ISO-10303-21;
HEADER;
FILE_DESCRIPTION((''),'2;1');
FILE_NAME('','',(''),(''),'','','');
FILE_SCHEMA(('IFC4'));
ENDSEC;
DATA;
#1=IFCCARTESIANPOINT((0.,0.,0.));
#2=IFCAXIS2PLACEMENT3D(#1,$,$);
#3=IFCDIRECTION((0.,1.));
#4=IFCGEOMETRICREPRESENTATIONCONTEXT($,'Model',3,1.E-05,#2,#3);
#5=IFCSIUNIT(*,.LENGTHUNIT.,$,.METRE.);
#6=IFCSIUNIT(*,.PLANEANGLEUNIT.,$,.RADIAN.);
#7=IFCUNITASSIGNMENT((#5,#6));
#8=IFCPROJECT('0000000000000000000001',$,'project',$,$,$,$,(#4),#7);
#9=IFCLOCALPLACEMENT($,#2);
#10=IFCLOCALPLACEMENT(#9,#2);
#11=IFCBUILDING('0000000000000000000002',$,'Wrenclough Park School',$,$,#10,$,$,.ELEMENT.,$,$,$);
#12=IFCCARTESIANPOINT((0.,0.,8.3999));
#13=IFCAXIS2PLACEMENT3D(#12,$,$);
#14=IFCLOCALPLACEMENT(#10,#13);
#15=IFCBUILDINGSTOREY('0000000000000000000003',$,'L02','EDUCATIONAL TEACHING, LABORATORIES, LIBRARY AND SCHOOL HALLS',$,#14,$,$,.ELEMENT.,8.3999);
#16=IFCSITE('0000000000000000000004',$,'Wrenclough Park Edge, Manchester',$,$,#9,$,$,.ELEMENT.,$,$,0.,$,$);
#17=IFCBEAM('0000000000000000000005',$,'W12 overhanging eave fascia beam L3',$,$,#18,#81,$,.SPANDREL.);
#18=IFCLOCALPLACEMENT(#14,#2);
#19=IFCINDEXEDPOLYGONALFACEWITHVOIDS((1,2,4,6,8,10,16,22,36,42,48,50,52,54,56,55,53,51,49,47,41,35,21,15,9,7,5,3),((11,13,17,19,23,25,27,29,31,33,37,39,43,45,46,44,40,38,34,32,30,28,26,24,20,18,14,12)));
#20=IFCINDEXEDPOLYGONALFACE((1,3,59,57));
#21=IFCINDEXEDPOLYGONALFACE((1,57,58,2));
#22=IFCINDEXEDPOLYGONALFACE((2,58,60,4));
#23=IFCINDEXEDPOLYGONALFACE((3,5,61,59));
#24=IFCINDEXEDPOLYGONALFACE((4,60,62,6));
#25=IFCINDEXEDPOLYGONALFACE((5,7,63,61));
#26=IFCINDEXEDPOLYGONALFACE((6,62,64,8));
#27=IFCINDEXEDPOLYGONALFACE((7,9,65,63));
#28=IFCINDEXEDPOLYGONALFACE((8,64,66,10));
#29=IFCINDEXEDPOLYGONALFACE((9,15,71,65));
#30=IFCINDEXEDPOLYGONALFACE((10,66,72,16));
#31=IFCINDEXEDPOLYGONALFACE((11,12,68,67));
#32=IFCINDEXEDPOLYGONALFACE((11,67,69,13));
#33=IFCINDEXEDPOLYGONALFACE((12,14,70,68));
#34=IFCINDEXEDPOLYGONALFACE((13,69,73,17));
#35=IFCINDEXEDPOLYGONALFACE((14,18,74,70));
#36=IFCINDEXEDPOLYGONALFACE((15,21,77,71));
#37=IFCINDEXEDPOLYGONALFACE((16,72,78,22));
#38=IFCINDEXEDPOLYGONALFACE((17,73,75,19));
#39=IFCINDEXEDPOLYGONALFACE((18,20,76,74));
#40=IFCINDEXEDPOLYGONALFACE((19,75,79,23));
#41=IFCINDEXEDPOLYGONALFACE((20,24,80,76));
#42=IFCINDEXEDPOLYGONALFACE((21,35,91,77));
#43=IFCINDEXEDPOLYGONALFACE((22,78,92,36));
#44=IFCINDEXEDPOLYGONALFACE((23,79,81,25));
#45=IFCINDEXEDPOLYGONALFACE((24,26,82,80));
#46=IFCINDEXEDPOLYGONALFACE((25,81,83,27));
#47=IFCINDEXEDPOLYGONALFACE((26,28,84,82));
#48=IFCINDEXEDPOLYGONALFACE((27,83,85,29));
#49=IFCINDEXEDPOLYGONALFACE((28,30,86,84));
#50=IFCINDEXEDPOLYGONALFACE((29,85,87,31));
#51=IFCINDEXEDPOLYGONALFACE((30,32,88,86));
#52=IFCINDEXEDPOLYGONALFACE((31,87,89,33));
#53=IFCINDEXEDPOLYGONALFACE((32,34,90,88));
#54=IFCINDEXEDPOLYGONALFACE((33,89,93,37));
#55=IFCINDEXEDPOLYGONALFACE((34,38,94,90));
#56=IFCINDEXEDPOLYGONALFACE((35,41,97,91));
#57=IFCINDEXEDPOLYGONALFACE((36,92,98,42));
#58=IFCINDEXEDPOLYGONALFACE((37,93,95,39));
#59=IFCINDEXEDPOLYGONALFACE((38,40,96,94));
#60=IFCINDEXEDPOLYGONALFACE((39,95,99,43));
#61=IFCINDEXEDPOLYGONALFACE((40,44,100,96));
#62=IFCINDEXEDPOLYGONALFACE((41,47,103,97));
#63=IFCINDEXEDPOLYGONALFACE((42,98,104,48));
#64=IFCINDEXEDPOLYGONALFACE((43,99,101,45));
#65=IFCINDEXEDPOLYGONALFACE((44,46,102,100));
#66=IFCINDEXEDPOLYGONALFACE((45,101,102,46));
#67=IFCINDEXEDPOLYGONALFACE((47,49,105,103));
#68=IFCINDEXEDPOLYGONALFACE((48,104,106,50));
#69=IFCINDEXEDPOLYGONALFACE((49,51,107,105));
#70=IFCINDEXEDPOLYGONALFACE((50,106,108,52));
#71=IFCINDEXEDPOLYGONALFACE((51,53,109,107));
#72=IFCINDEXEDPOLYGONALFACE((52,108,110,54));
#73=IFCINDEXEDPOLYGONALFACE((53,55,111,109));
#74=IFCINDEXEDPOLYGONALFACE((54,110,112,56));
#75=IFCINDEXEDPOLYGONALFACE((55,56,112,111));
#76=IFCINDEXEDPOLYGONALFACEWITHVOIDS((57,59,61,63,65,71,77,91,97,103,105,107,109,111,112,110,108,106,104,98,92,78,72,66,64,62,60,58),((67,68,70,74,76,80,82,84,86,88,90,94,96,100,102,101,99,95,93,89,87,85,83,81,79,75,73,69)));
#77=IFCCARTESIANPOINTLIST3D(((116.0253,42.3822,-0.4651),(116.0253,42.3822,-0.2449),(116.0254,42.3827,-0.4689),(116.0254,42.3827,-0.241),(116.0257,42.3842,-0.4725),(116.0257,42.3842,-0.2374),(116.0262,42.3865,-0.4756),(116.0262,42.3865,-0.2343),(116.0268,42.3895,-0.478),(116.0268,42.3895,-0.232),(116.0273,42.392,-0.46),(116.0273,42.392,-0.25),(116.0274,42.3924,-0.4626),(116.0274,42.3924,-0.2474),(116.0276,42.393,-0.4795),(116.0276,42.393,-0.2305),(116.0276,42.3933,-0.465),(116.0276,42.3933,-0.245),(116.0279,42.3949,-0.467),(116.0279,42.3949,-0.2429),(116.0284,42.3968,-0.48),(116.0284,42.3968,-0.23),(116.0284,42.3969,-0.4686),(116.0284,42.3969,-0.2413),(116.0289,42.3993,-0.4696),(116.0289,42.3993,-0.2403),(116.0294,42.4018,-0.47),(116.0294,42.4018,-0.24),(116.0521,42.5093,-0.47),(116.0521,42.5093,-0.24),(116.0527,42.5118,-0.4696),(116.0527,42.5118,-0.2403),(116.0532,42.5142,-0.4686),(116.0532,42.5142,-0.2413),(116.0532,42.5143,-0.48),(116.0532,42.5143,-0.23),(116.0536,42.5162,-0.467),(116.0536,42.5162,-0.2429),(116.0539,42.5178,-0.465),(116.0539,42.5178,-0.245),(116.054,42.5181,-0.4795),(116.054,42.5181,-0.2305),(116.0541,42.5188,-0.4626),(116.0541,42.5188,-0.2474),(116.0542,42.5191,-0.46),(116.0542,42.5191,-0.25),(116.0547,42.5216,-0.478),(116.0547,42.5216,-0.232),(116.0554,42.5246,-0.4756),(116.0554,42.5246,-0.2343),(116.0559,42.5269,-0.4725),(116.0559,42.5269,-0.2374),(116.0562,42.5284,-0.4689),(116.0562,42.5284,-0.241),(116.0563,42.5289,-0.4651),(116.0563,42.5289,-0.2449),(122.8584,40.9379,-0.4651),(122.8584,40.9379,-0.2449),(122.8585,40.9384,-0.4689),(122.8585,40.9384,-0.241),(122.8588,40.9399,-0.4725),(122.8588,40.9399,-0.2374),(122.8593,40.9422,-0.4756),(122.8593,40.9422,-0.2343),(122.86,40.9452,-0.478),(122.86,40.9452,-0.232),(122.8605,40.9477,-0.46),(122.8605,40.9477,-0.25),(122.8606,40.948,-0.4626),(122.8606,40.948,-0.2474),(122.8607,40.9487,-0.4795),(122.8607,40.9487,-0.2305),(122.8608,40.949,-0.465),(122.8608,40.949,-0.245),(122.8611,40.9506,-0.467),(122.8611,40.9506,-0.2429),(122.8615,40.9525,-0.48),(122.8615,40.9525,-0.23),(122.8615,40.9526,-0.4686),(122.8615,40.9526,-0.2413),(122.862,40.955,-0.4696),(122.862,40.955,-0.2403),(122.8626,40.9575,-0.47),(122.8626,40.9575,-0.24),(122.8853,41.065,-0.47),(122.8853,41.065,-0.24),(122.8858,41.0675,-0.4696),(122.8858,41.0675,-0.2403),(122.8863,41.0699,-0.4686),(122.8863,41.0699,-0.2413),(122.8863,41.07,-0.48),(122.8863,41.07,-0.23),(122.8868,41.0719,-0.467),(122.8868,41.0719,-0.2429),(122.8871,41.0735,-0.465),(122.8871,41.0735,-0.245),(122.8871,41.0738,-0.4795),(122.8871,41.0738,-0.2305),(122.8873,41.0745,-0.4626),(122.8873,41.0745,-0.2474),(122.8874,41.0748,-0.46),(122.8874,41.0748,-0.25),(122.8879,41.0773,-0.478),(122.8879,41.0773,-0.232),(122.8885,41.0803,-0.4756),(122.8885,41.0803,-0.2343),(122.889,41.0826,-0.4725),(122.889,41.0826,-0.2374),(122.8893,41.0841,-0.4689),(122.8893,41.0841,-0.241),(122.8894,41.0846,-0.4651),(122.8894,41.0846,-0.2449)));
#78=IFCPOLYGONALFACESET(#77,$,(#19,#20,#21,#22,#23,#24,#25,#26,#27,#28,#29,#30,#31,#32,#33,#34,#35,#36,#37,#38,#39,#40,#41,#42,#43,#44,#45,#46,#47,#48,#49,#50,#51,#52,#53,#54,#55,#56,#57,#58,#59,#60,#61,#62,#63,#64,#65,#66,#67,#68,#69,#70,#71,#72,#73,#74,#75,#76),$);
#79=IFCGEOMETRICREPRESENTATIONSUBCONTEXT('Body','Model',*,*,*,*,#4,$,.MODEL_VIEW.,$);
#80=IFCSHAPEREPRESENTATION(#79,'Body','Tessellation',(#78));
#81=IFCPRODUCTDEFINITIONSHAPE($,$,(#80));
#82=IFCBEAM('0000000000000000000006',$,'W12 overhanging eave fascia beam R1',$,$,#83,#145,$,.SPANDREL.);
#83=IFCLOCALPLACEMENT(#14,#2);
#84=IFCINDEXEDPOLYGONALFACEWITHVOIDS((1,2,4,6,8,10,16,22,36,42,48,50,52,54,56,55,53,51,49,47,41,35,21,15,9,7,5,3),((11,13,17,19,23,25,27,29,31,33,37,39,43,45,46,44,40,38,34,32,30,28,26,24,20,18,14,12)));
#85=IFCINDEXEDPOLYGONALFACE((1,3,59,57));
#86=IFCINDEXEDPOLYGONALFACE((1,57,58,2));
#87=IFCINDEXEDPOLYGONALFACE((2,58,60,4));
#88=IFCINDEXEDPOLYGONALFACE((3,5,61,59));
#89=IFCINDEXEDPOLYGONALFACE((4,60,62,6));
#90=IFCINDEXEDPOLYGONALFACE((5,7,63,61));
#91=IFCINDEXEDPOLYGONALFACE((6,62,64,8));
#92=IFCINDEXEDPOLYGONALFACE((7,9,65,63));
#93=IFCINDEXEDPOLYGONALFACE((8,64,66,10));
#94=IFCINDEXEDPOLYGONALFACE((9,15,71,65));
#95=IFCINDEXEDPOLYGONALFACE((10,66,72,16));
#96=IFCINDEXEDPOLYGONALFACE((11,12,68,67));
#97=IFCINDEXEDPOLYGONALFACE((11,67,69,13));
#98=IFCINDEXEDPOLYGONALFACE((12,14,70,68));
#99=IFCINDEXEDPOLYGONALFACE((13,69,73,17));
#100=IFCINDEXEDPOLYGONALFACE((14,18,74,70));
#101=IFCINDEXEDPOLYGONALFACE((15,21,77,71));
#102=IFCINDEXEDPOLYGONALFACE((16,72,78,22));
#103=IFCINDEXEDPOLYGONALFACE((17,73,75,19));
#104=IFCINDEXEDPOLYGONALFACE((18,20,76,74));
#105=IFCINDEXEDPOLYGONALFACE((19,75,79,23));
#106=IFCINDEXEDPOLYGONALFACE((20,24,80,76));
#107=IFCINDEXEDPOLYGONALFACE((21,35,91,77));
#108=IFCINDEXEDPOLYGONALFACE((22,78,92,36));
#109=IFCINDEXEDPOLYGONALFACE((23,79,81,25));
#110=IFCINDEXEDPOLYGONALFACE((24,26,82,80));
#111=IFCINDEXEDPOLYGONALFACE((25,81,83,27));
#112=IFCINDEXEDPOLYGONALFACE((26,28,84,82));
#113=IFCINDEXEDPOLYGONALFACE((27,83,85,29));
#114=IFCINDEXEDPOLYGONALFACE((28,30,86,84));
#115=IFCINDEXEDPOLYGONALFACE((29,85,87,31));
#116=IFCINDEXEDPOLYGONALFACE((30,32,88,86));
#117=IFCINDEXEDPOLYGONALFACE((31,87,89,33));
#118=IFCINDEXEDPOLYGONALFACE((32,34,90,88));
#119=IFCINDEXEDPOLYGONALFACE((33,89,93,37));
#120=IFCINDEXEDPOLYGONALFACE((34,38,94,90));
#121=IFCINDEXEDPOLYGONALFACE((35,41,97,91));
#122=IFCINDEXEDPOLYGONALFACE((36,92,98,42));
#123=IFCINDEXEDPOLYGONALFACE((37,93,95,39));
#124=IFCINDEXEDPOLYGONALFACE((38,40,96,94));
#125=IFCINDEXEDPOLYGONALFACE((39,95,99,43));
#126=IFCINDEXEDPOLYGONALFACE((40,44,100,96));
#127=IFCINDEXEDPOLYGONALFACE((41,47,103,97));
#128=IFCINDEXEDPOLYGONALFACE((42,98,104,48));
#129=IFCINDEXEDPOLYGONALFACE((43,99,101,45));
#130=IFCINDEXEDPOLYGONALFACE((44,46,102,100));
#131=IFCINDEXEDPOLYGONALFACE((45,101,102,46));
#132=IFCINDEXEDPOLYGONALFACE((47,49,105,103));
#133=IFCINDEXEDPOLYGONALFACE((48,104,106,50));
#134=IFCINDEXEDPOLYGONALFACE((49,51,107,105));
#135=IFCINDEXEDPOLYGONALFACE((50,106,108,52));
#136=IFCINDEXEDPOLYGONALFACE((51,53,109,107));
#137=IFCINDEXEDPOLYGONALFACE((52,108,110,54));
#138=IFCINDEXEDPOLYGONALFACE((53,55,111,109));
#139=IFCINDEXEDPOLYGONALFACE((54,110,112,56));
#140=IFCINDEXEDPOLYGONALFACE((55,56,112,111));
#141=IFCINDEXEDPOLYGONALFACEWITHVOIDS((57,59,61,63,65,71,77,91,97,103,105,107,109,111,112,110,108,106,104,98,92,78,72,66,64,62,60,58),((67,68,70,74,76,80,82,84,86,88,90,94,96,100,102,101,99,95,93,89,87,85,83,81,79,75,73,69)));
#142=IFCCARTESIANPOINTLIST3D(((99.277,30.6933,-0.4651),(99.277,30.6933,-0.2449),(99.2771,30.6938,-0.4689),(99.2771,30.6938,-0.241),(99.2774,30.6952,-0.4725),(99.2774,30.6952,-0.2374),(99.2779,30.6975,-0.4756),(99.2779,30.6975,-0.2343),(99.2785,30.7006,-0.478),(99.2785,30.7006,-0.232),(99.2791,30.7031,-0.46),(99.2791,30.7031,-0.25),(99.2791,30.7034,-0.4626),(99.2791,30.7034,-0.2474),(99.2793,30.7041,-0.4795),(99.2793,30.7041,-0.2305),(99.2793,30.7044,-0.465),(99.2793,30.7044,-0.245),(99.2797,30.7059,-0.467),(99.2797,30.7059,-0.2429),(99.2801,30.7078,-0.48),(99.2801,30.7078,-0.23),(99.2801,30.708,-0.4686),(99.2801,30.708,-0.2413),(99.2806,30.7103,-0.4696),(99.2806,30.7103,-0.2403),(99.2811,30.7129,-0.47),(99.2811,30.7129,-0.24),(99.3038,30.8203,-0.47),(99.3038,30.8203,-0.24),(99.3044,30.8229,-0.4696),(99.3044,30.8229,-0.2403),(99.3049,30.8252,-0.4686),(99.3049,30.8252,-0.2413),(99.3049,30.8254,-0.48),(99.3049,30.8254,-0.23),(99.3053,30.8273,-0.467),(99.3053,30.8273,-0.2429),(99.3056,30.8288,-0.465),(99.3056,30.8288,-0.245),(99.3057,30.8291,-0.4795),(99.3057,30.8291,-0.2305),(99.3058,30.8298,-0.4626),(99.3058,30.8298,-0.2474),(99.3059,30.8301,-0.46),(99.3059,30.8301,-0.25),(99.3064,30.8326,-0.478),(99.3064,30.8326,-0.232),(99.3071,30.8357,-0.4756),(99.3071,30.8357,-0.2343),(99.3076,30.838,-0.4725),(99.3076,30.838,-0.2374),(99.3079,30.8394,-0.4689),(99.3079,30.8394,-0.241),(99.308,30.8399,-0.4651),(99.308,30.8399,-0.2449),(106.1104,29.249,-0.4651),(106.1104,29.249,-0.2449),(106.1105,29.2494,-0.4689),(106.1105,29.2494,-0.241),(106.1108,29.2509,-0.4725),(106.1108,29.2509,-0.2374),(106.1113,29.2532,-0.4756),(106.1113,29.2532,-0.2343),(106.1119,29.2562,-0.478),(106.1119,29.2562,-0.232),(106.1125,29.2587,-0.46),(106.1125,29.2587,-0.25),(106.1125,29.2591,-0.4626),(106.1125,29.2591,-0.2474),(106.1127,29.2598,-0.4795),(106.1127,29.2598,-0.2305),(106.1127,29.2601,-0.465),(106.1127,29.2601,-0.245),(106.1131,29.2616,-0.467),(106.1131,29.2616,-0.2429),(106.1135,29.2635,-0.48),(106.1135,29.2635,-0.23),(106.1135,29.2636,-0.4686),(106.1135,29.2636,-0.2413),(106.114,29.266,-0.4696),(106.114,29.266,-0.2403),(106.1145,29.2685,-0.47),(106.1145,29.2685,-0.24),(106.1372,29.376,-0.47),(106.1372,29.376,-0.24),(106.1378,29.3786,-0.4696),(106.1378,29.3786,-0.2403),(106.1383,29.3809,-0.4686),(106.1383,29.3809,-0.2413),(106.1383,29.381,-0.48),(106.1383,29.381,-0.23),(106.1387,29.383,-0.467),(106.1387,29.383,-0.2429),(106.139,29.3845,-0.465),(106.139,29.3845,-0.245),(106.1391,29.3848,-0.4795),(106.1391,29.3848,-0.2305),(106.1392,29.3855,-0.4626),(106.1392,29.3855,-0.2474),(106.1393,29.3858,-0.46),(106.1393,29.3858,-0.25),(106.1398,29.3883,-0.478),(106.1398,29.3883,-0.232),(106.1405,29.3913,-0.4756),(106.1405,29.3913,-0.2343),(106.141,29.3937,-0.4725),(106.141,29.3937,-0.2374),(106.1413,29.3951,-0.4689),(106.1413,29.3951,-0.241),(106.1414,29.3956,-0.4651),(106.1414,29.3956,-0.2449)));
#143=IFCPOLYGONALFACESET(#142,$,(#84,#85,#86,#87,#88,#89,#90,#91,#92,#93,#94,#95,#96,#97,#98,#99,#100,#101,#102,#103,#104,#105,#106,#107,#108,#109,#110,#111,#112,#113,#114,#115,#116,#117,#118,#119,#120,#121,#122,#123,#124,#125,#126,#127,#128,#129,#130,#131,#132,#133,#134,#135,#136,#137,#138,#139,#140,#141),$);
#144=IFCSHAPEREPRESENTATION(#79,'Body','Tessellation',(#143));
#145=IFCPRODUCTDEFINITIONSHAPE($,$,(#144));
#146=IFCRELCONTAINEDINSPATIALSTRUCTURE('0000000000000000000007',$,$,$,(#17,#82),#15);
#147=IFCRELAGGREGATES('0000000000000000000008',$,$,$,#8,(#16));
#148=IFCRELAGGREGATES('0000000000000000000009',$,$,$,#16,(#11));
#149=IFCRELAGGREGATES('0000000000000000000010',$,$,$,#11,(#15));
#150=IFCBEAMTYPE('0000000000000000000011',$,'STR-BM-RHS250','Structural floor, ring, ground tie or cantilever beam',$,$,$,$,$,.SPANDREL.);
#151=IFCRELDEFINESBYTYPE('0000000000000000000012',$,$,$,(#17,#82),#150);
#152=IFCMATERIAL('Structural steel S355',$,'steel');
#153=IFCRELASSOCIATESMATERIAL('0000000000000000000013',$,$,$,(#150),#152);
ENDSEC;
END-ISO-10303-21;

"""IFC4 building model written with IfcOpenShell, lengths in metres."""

from ifc_helpers import new_model, si_unit, direction, frame, origin, origin_2d, place, context, subcontext, project, spatial, hollow_rectangle, extrude, material, material_profile, profile_set, type_object, element, save


model = new_model("IFC4")

# Units and contexts
model_context = context("Model", 3, precision=1e-05, world=origin(), true_north=direction((0.0, 1.0)))
body_context = subcontext(model_context, "Body", "Model", "MODEL_VIEW")
ifc_project = project(units=[si_unit("LENGTHUNIT", "METRE"), si_unit("PLANEANGLEUNIT", "RADIAN")], contexts=[model_context])

# Site, building, storey
site_placement = place(None, origin())
site = spatial("IfcSite", under=ifc_project, at=site_placement, Name="Wrenclough Park Edge, Manchester", CompositionType="ELEMENT", RefElevation=0.0)
building_placement = place(site_placement, origin())
building = spatial("IfcBuilding", under=site, at=building_placement, Name="Wrenclough Park School", CompositionType="ELEMENT")
storey_placement = place(building_placement, frame((0.0, 0.0, 8.3999)))
storey = spatial("IfcBuildingStorey", under=building, at=storey_placement, Name="L02", Description="EDUCATIONAL TEACHING, LABORATORIES, LIBRARY AND SCHOOL HALLS", CompositionType="ELEMENT", Elevation=8.3999)

# Beams
ifc_material_1 = material(Name="Structural steel S355", Category="steel")
ifc_material_profile_1 = material_profile(ifc_material_1, hollow_rectangle(XDim=0.1499, YDim=0.25, WallThickness=0.01, InnerFilletRadius=0.01, OuterFilletRadius=0.0149, at=origin_2d()), Name="RHS 250x150x10.0")
ifc_profile_set_1 = profile_set([ifc_material_profile_1], Name="Structural steel S355")
beam_type_1 = type_object("IfcBeamType", Name="STR-BM-RHS250", Description="Structural floor, ring, ground tie or cantilever beam", PredefinedType="SPANDREL", material=ifc_profile_set_1)
for number, where, z_axis, x_axis, name in (
    (1, (116.0408, 42.4556, -0.355), (0.978383, -0.2068, 0.0), (0.2068, 0.978383, 0.0), "W12 overhanging eave fascia beam L3"),
):
    element("IfcBeam", number, at=place(storey_placement, frame(where, z_axis=z_axis, x_axis=x_axis)), inside=storey, type_object=beam_type_1, Name=name, PredefinedType="SPANDREL", context=body_context, shape_type="SweptSolid", body=[
        extrude(hollow_rectangle(XDim=0.1499, YDim=0.25, WallThickness=0.01, InnerFilletRadius=0.01, OuterFilletRadius=0.0149, at=origin_2d()), origin(), (0.0, 0.0, 1.0), 6.9841),
    ])
for number, where, z_axis, x_axis, name in (
    (2, (99.2925, 30.7666, -0.355), (0.978385, -0.206793, 0.0), (0.206793, 0.978385, 0.0), "W12 overhanging eave fascia beam R1"),
):
    element("IfcBeam", number, at=place(storey_placement, frame(where, z_axis=z_axis, x_axis=x_axis)), inside=storey, type_object=beam_type_1, Name=name, PredefinedType="SPANDREL", context=body_context, shape_type="SweptSolid", body=[
        extrude(hollow_rectangle(XDim=0.1499, YDim=0.25, WallThickness=0.01, InnerFilletRadius=0.01, OuterFilletRadius=0.0149, at=origin_2d()), origin(), (0.0, 0.0, 1.0), 6.9844),
    ])

save(model, "model.ifc")
